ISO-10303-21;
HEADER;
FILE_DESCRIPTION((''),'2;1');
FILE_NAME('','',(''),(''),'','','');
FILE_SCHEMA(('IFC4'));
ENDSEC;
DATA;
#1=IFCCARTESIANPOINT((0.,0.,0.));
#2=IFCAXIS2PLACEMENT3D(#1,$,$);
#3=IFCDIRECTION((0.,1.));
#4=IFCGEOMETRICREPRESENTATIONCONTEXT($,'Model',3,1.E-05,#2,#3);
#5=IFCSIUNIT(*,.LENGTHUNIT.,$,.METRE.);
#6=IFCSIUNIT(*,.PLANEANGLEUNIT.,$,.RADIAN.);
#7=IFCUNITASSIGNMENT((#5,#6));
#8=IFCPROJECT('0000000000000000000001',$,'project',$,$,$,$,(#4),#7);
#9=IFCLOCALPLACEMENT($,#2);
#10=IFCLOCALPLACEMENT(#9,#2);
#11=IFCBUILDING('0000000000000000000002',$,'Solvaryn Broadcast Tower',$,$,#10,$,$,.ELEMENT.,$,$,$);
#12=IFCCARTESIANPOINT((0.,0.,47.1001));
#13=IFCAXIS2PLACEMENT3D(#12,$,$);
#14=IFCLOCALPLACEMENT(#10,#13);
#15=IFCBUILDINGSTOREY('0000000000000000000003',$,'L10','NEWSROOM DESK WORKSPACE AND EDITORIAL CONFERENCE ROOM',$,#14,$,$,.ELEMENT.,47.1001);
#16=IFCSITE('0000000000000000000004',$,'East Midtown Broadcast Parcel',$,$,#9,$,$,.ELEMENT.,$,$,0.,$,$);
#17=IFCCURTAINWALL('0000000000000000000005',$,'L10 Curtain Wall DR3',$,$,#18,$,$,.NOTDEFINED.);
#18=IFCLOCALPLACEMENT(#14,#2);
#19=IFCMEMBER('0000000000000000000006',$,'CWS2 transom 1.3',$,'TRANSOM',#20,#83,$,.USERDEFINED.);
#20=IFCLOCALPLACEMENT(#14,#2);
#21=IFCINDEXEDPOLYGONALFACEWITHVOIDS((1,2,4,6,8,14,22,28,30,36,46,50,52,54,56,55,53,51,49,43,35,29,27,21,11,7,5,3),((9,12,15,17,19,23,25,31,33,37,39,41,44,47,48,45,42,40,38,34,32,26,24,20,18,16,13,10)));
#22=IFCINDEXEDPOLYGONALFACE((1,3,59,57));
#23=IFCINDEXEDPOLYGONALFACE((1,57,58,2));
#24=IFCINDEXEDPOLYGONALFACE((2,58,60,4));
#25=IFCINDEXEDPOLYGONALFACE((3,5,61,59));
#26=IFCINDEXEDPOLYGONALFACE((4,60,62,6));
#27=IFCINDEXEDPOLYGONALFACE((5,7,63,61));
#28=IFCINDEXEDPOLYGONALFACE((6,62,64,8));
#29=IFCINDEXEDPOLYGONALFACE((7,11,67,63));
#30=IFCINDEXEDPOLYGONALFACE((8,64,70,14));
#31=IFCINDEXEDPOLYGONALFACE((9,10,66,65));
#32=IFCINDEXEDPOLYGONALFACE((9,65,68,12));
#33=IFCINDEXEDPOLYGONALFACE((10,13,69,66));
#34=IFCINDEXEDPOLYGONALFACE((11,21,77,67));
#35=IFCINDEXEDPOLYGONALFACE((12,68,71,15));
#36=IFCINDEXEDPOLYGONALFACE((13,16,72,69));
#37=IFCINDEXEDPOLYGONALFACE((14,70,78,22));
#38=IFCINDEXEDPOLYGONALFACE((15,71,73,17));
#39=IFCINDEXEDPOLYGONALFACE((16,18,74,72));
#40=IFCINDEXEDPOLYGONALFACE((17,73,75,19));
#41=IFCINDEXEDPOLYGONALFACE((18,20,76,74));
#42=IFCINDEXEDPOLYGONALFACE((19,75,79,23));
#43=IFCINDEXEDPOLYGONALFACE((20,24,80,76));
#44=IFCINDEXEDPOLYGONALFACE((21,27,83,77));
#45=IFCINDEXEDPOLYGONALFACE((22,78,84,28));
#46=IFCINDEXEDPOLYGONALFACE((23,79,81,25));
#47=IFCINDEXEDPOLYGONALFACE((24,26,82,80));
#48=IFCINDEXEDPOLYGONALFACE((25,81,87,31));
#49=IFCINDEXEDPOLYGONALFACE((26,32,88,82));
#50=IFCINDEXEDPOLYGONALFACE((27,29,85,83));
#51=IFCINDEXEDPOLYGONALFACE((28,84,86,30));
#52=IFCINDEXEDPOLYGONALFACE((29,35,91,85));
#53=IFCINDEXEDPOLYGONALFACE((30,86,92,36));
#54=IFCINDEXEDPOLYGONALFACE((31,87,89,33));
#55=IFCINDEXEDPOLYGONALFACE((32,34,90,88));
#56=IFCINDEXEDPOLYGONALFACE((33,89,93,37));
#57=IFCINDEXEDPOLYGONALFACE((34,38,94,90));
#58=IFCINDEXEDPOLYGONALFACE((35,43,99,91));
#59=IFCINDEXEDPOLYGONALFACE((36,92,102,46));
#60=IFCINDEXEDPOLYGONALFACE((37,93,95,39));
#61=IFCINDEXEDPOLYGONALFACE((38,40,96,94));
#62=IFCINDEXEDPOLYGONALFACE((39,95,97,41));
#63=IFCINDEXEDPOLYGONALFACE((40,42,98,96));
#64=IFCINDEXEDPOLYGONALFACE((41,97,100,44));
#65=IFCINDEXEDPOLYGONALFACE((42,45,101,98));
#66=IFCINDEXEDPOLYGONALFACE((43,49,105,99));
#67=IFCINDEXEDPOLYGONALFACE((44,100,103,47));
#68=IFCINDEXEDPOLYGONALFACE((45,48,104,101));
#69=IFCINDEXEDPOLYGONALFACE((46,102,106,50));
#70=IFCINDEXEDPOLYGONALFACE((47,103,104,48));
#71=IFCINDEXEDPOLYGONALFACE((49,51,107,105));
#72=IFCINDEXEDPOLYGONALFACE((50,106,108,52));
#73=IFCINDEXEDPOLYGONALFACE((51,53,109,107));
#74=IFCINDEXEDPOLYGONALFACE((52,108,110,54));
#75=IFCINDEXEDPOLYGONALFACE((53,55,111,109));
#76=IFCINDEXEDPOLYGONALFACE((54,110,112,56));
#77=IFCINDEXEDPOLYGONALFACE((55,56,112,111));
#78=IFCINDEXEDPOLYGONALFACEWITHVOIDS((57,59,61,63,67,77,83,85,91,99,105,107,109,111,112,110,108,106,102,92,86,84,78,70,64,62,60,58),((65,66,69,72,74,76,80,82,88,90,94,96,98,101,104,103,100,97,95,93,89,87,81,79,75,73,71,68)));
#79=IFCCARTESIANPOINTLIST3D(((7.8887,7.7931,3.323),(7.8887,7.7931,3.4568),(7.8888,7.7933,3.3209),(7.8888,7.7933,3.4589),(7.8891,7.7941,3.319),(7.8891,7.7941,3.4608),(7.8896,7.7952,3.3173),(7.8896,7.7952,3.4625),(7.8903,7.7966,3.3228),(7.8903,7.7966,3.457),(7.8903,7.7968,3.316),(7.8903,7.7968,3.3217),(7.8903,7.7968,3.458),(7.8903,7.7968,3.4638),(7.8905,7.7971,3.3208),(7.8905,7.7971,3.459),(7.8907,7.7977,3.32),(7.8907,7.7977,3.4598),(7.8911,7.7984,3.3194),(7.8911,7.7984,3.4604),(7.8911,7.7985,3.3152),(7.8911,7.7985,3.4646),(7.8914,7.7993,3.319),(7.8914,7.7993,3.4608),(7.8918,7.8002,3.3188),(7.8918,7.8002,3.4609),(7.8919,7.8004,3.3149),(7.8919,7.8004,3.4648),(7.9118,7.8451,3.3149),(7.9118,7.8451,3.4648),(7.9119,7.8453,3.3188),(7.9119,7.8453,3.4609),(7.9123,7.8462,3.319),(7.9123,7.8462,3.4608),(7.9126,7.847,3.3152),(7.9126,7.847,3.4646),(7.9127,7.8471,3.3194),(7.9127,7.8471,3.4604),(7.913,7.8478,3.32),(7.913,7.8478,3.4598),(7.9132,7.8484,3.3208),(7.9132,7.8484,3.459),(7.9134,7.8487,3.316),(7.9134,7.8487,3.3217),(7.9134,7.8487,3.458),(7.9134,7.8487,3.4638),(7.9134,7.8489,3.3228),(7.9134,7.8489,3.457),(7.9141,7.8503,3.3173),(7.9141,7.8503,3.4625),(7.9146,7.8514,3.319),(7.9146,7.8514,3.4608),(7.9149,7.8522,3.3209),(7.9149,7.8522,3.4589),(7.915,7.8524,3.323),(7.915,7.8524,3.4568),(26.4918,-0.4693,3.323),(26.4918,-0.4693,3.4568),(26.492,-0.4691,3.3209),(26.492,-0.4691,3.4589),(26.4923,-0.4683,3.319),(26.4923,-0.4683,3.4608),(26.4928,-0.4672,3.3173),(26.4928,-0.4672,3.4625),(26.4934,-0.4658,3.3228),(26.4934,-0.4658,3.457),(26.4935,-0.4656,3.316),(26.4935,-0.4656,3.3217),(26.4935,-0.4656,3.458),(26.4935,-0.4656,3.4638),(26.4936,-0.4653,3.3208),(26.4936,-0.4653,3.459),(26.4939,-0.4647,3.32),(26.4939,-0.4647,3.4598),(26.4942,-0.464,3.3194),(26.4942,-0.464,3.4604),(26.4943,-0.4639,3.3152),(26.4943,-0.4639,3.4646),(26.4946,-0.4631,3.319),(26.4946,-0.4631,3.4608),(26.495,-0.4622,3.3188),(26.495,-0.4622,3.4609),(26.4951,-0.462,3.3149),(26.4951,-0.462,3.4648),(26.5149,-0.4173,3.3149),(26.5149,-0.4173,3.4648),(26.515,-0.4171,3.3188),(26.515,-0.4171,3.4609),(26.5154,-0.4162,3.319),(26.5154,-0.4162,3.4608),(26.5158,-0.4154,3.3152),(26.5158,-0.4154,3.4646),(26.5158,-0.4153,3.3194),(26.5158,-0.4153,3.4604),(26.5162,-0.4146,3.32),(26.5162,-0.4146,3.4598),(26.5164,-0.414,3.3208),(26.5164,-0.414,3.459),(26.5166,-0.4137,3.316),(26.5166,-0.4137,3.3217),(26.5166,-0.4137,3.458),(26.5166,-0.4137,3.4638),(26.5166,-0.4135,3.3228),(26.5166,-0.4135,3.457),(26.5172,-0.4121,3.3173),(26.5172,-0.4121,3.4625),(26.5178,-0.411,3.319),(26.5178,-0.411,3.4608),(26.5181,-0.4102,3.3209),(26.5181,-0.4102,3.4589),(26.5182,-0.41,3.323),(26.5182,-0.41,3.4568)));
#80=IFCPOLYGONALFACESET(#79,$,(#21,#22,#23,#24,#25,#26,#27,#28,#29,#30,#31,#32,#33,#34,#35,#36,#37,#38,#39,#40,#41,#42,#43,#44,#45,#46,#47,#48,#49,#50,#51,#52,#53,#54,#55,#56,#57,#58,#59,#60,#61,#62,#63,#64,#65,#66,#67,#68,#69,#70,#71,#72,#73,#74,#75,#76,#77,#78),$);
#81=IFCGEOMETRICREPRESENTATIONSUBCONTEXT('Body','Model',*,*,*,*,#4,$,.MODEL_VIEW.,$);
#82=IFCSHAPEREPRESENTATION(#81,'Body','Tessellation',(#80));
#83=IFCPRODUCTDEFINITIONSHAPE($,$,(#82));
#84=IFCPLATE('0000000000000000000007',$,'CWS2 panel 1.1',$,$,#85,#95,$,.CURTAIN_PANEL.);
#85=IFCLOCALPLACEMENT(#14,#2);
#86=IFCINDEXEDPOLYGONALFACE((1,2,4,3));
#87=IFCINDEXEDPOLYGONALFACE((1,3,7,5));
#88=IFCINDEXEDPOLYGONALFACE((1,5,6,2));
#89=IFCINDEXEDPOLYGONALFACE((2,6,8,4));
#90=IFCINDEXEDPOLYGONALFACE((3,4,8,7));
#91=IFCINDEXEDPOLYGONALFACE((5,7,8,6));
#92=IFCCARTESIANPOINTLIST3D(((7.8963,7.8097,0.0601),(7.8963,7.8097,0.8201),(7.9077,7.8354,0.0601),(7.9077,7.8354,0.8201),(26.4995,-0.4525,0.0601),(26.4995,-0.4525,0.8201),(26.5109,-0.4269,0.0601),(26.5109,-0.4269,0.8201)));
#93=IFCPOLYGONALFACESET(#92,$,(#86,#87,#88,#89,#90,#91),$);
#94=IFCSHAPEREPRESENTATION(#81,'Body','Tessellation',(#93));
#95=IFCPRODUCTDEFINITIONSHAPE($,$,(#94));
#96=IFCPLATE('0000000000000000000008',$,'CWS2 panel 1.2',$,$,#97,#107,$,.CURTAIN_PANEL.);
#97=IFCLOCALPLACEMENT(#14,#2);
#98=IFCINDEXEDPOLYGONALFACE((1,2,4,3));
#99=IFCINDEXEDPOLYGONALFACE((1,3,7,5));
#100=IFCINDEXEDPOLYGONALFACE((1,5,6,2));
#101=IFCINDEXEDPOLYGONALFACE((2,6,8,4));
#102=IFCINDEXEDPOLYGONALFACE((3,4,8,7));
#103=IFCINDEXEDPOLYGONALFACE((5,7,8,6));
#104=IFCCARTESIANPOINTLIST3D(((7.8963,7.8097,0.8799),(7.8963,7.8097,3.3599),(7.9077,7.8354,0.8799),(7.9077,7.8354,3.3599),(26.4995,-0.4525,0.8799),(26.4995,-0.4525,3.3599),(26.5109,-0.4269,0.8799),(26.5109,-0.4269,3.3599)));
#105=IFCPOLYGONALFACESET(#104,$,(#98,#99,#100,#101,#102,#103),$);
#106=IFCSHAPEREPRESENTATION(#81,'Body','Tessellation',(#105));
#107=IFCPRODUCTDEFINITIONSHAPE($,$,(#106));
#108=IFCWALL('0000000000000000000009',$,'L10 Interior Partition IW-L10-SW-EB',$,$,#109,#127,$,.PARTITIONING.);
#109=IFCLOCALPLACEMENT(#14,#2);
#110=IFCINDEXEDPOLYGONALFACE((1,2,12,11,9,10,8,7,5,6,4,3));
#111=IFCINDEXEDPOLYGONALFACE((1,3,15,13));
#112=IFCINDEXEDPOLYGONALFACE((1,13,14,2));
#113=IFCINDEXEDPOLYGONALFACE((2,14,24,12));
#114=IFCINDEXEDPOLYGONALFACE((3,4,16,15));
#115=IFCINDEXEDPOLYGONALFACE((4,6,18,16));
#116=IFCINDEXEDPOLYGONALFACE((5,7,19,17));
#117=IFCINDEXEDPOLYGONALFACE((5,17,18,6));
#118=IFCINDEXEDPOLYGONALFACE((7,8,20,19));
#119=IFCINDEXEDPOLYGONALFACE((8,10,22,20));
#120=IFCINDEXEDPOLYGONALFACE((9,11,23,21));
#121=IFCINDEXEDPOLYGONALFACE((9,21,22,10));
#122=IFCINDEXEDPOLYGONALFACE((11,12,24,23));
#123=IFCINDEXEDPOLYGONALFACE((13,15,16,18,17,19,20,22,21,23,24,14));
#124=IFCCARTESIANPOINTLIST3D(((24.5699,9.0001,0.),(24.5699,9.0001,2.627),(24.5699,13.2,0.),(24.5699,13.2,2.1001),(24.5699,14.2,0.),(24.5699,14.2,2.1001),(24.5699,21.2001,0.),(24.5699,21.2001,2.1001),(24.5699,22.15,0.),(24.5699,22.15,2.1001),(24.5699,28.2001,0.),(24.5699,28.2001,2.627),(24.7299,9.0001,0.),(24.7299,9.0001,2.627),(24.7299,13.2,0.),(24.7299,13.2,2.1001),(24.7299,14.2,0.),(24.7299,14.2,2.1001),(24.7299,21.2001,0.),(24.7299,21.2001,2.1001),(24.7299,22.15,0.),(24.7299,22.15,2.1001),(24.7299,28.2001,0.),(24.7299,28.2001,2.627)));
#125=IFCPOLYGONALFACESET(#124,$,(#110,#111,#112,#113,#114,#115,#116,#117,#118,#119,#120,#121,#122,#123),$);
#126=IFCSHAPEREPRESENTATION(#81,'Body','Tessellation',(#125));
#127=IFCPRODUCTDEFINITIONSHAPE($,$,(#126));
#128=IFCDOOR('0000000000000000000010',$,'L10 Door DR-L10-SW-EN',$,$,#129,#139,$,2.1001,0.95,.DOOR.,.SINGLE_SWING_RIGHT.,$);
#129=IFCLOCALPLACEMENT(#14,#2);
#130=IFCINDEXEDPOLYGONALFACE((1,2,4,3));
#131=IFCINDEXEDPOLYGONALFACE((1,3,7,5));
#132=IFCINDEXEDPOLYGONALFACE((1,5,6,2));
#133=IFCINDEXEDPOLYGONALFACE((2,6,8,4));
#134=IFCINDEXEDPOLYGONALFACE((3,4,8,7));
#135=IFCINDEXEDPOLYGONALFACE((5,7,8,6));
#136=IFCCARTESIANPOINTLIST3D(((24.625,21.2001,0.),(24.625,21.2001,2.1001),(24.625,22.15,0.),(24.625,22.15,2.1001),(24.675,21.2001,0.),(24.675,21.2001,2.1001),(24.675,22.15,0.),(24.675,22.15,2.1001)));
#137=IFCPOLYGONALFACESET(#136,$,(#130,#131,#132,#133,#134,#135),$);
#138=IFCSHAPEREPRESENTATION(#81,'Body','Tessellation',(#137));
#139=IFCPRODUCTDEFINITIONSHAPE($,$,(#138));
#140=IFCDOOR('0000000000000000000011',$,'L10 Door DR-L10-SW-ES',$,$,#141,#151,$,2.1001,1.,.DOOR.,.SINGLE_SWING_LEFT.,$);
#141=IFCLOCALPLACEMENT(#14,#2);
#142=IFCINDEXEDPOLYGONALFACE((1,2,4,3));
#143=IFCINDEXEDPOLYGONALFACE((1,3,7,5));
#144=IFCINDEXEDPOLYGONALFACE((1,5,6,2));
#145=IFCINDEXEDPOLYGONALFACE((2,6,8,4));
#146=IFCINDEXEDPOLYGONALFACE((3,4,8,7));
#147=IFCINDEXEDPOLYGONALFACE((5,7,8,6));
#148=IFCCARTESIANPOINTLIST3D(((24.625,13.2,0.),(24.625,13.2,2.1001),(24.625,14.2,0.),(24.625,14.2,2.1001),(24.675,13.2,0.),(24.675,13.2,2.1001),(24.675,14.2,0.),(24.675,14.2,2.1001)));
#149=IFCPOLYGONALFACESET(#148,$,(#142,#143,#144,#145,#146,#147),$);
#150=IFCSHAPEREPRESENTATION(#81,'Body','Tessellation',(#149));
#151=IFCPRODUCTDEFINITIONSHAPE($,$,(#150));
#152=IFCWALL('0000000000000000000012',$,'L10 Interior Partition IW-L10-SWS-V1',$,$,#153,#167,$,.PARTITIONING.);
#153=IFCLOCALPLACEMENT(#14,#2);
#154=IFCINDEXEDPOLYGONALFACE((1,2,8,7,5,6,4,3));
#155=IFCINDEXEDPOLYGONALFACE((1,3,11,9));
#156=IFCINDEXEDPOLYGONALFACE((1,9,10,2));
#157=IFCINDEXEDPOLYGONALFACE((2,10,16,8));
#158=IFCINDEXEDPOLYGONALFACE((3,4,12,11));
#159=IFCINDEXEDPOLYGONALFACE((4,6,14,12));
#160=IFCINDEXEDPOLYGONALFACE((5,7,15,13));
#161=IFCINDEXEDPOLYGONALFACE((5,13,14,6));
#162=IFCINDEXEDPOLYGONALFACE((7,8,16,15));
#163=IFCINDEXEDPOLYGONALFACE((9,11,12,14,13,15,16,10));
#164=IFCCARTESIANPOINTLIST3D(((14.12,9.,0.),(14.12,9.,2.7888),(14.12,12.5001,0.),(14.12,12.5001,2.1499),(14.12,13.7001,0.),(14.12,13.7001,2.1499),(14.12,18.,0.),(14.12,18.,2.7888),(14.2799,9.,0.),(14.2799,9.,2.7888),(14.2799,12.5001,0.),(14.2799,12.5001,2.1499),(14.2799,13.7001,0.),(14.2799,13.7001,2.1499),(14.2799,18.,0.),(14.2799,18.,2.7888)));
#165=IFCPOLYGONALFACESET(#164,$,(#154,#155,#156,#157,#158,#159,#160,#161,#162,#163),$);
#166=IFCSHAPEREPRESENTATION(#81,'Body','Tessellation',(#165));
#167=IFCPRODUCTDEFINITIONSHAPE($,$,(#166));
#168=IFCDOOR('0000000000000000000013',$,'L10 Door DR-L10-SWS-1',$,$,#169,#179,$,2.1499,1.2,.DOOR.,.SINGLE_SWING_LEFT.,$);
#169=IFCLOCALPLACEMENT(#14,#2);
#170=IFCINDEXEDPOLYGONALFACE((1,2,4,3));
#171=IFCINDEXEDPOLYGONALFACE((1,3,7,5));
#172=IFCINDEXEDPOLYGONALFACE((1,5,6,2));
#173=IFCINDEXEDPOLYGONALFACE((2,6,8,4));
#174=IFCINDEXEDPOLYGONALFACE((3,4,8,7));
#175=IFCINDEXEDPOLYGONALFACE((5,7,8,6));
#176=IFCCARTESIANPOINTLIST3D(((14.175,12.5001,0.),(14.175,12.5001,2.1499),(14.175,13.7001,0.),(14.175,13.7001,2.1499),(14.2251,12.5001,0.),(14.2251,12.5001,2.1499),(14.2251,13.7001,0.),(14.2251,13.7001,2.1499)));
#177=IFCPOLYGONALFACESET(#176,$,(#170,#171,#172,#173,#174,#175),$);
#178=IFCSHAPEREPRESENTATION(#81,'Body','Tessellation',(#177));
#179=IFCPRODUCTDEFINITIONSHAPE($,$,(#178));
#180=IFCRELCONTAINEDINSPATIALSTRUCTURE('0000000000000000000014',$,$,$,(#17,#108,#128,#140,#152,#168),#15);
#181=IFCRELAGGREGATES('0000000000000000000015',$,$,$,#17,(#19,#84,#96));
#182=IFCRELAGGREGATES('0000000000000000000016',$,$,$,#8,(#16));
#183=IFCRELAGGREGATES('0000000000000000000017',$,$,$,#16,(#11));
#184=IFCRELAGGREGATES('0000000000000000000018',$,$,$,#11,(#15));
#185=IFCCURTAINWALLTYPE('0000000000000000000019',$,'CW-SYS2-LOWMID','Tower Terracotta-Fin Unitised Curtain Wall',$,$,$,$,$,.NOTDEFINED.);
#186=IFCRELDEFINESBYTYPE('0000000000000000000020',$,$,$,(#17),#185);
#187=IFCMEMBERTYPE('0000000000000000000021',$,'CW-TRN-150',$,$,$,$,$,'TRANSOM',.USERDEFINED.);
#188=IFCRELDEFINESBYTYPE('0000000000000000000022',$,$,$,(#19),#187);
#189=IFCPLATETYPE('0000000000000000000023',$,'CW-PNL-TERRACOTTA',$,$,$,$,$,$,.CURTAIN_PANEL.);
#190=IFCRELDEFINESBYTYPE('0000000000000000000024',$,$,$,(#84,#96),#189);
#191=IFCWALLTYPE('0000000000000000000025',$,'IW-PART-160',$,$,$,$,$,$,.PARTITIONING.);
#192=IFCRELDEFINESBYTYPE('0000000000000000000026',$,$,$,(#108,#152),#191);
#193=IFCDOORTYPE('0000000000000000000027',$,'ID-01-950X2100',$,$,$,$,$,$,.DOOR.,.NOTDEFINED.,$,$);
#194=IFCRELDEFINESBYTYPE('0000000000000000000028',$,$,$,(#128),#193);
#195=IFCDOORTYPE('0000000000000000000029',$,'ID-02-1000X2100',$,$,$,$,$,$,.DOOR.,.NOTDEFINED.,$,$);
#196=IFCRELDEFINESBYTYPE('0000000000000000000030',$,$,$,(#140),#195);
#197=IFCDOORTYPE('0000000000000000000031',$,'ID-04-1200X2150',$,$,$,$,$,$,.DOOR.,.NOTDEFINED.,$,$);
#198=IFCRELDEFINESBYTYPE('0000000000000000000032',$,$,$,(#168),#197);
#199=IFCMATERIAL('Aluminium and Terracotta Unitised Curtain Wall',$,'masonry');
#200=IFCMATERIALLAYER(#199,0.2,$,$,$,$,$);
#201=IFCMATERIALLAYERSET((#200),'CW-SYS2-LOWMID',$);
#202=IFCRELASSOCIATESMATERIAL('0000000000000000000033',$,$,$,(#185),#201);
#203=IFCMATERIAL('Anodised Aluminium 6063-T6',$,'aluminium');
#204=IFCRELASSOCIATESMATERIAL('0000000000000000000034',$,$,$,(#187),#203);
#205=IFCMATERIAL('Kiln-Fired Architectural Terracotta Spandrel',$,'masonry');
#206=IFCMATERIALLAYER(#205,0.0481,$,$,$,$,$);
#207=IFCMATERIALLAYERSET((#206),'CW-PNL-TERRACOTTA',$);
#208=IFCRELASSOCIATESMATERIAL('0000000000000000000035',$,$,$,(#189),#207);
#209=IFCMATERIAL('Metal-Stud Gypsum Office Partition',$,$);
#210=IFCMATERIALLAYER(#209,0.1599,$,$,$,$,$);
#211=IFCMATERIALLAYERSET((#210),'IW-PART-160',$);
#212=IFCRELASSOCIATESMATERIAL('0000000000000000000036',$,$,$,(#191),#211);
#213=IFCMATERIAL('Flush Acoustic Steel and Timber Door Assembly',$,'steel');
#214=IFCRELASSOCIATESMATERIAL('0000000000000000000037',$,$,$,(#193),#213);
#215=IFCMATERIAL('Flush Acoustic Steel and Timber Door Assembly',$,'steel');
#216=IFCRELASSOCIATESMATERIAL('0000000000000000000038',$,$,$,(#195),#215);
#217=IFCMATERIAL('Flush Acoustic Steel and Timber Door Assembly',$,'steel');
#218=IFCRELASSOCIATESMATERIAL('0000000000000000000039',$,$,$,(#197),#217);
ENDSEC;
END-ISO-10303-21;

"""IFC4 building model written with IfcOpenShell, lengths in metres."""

from ifc_helpers import new_model, si_unit, direction, frame, frame_2d, origin, origin_2d, place, context, subcontext, project, spatial, rectangle, hollow_rectangle, extrude, material, layer, layer_set, material_profile, profile_set, type_object, element, fill, aggregate, save


model = new_model("IFC4")

# Units and contexts
model_context = context("Model", 3, precision=1e-05, world=origin(), true_north=direction((0.0, 1.0)))
body_context = subcontext(model_context, "Body", "Model", "MODEL_VIEW")
ifc_project = project(units=[si_unit("LENGTHUNIT", "METRE"), si_unit("PLANEANGLEUNIT", "RADIAN")], contexts=[model_context])

# Site, building, storey
site_placement = place(None, origin())
site = spatial("IfcSite", under=ifc_project, at=site_placement, Name="East Midtown Broadcast Parcel", CompositionType="ELEMENT", RefElevation=0.0)
building_placement = place(site_placement, origin())
building = spatial("IfcBuilding", under=site, at=building_placement, Name="Solvaryn Broadcast Tower", CompositionType="ELEMENT")
storey_placement = place(building_placement, frame((0.0, 0.0, 47.1001)))
storey = spatial("IfcBuildingStorey", under=building, at=storey_placement, Name="L10", Description="NEWSROOM DESK WORKSPACE AND EDITORIAL CONFERENCE ROOM", CompositionType="ELEMENT", Elevation=47.1001)

# Curtain wall, member, plates
ifc_material_1 = material(Name="Aluminium and Terracotta Unitised Curtain Wall", Category="masonry")
ifc_layer_1 = layer(ifc_material_1, 0.2)
ifc_layer_set_1 = layer_set([ifc_layer_1], Name="CW-SYS2-LOWMID")
curtain_wall_type_1 = type_object("IfcCurtainWallType", Name="CW-SYS2-LOWMID", Description="Tower Terracotta-Fin Unitised Curtain Wall", PredefinedType="NOTDEFINED", material=ifc_layer_set_1)
curtain_wall_1_placement = place(storey_placement, origin())
curtain_wall_1 = element("IfcCurtainWall", 1, at=curtain_wall_1_placement, inside=storey, type_object=curtain_wall_type_1, Name="L10 Curtain Wall DR3", PredefinedType="NOTDEFINED")
ifc_material_2 = material(Name="Anodised Aluminium 6063-T6", Category="aluminium")
ifc_material_profile_1 = material_profile(ifc_material_2, hollow_rectangle(XDim=0.0649, YDim=0.1499, WallThickness=0.0039, InnerFilletRadius=0.0039, OuterFilletRadius=0.0081, at=origin_2d()))
ifc_profile_set_1 = profile_set([ifc_material_profile_1], Name="Anodised Aluminium 6063-T6")
member_type_1 = type_object("IfcMemberType", Name="CW-TRN-150", ElementType="TRANSOM", PredefinedType="USERDEFINED", material=ifc_profile_set_1)
member_1_placement = place(storey_placement, frame((7.9019, 7.8228, 3.3899), z_axis=(0.913915, -0.405906, 0.0), x_axis=(0.405906, 0.913915, 0.0)))
member_1 = element("IfcMember", 2, at=member_1_placement, type_object=member_type_1, Name="CWS2 transom 1.3", ObjectType="TRANSOM", PredefinedType="USERDEFINED", context=body_context, shape_type="SweptSolid", body=[
    extrude(hollow_rectangle(XDim=0.0649, YDim=0.1499, WallThickness=0.0039, InnerFilletRadius=0.0039, OuterFilletRadius=0.0081, at=origin_2d()), origin(), (0.0, 0.0, 1.0), 20.3555),
])
ifc_material_3 = material(Name="Kiln-Fired Architectural Terracotta Spandrel", Category="masonry")
ifc_layer_2 = layer(ifc_material_3, 0.0481)
ifc_layer_set_2 = layer_set([ifc_layer_2], Name="CW-PNL-TERRACOTTA")
plate_type = type_object("IfcPlateType", Name="CW-PNL-TERRACOTTA", PredefinedType="CURTAIN_PANEL", material=ifc_layer_set_2)
plate_1_placement = place(storey_placement, frame((17.2036, 3.6914, 0.0601), z_axis=(0.0, 0.0, 1.0), x_axis=(0.913918, -0.405898, 0.0)))
plate_1 = element("IfcPlate", 3, at=plate_1_placement, type_object=plate_type, Name="CWS2 panel 1.1", PredefinedType="CURTAIN_PANEL", context=body_context, shape_type="SweptSolid", body=[
    extrude(rectangle(XDim=20.3555, YDim=0.0281, at=origin_2d()), origin(), (0.0, 0.0, 1.0), 0.76),
])
plate_2_placement = place(storey_placement, frame((17.2036, 3.6914, 0.8799), z_axis=(0.0, 0.0, 1.0), x_axis=(0.913918, -0.405898, 0.0)))
plate_2 = element("IfcPlate", 4, at=plate_2_placement, type_object=plate_type, Name="CWS2 panel 1.2", PredefinedType="CURTAIN_PANEL", context=body_context, shape_type="SweptSolid", body=[
    extrude(rectangle(XDim=20.3555, YDim=0.0281, at=origin_2d()), origin(), (0.0, 0.0, 1.0), 2.48),
])
aggregate(curtain_wall_1, [member_1, plate_1, plate_2])

# Wall, openings, doors
ifc_material_4 = material(Name="Metal-Stud Gypsum Office Partition")
ifc_layer_3 = layer(ifc_material_4, 0.1599)
ifc_layer_set_3 = layer_set([ifc_layer_3], Name="IW-PART-160")
wall_type = type_object("IfcWallType", Name="IW-PART-160", PredefinedType="PARTITIONING", material=ifc_layer_set_3)
wall_1_placement = place(storey_placement, frame((24.6499, 9.0, 0.0), z_axis=(0.0, 0.0, 1.0), x_axis=(0.0, 1.0, 0.0)))
wall_1 = element("IfcWall", 5, at=wall_1_placement, inside=storey, type_object=wall_type, Name="L10 Interior Partition IW-L10-SW-EB", PredefinedType="PARTITIONING", context=body_context, shape_type="SweptSolid", body=[
    extrude(rectangle(XDim=19.2, YDim=0.1599, at=frame_2d((9.6001, 0.0))), origin(), (0.0, 0.0, 1.0), 2.627),
])
opening_1_placement = place(wall_1_placement, frame((12.2, 0.0, 0.0)))
opening_1 = element("IfcOpeningElement", 6, at=opening_1_placement, cuts=wall_1, PredefinedType="OPENING", context=body_context, shape_type="SweptSolid", body=[
    extrude(rectangle(XDim=0.95, YDim=2.1001, at=frame_2d((0.4751, 1.05))), frame((0.0, 0.0901, 0.0), z_axis=(0.0, -1.0, 0.0), x_axis=(1.0, 0.0, 0.0)), (0.0, 0.0, 1.0), 0.1799),
])
opening_2_placement = place(wall_1_placement, frame((4.2, 0.0, 0.0)))
opening_2 = element("IfcOpeningElement", 7, at=opening_2_placement, cuts=wall_1, PredefinedType="OPENING", context=body_context, shape_type="SweptSolid", body=[
    extrude(rectangle(XDim=1.0, YDim=2.1001, at=frame_2d((0.5, 1.05))), frame((0.0, 0.0901, 0.0), z_axis=(0.0, -1.0, 0.0), x_axis=(1.0, 0.0, 0.0)), (0.0, 0.0, 1.0), 0.1799),
])
ifc_material_5 = material(Name="Flush Acoustic Steel and Timber Door Assembly", Category="steel")
door_type_1 = type_object("IfcDoorType", Name="ID-01-950X2100", OperationType="NOTDEFINED", PredefinedType="DOOR", material=ifc_material_5)
door_1_placement = place(opening_1_placement, origin())
door_1 = element("IfcDoor", 8, at=door_1_placement, inside=storey, type_object=door_type_1, Name="L10 Door DR-L10-SW-EN", OperationType="SINGLE_SWING_RIGHT", OverallHeight=2.1001, OverallWidth=0.95, PredefinedType="DOOR", context=body_context, shape_type="SweptSolid", body=[
    extrude(rectangle(XDim=0.95, YDim=2.1001, at=frame_2d((0.4751, 1.05))), frame((0.0, 0.0249, 0.0), z_axis=(0.0, -1.0, 0.0), x_axis=(1.0, 0.0, 0.0)), (0.0, 0.0, 1.0), 0.05),
])
fill(opening_1, door_1)
ifc_material_6 = material(Name="Flush Acoustic Steel and Timber Door Assembly", Category="steel")
door_type_2 = type_object("IfcDoorType", Name="ID-02-1000X2100", OperationType="NOTDEFINED", PredefinedType="DOOR", material=ifc_material_6)
door_2_placement = place(opening_2_placement, origin())
door_2 = element("IfcDoor", 9, at=door_2_placement, inside=storey, type_object=door_type_2, Name="L10 Door DR-L10-SW-ES", OperationType="SINGLE_SWING_LEFT", OverallHeight=2.1001, OverallWidth=1.0, PredefinedType="DOOR", context=body_context, shape_type="SweptSolid", body=[
    extrude(rectangle(XDim=1.0, YDim=2.1001, at=frame_2d((0.5, 1.05))), frame((0.0, 0.0249, 0.0), z_axis=(0.0, -1.0, 0.0), x_axis=(1.0, 0.0, 0.0)), (0.0, 0.0, 1.0), 0.05),
])
fill(opening_2, door_2)

# Wall, opening, door
wall_2_placement = place(storey_placement, frame((14.2, 9.0, 0.0), z_axis=(0.0, 0.0, 1.0), x_axis=(0.0, 1.0, 0.0)))
wall_2 = element("IfcWall", 10, at=wall_2_placement, inside=storey, type_object=wall_type, Name="L10 Interior Partition IW-L10-SWS-V1", PredefinedType="PARTITIONING", context=body_context, shape_type="SweptSolid", body=[
    extrude(rectangle(XDim=9.0, YDim=0.1599, at=frame_2d((4.5, 0.0))), origin(), (0.0, 0.0, 1.0), 2.7888),
])
opening_3_placement = place(wall_2_placement, frame((3.5, 0.0, 0.0)))
opening_3 = element("IfcOpeningElement", 11, at=opening_3_placement, cuts=wall_2, PredefinedType="OPENING", context=body_context, shape_type="SweptSolid", body=[
    extrude(rectangle(XDim=1.2, YDim=2.1499, at=frame_2d((0.6001, 1.075))), frame((0.0, 0.0901, 0.0), z_axis=(0.0, -1.0, 0.0), x_axis=(1.0, 0.0, 0.0)), (0.0, 0.0, 1.0), 0.1799),
])
ifc_material_7 = material(Name="Flush Acoustic Steel and Timber Door Assembly", Category="steel")
door_type_3 = type_object("IfcDoorType", Name="ID-04-1200X2150", OperationType="NOTDEFINED", PredefinedType="DOOR", material=ifc_material_7)
door_3_placement = place(opening_3_placement, origin())
door_3 = element("IfcDoor", 12, at=door_3_placement, inside=storey, type_object=door_type_3, Name="L10 Door DR-L10-SWS-1", OperationType="SINGLE_SWING_LEFT", OverallHeight=2.1499, OverallWidth=1.2, PredefinedType="DOOR", context=body_context, shape_type="SweptSolid", body=[
    extrude(rectangle(XDim=1.2, YDim=2.1499, at=frame_2d((0.6001, 1.075))), frame((0.0, 0.0249, 0.0), z_axis=(0.0, -1.0, 0.0), x_axis=(1.0, 0.0, 0.0)), (0.0, 0.0, 1.0), 0.05),
])
fill(opening_3, door_3)

save(model, "model.ifc")
